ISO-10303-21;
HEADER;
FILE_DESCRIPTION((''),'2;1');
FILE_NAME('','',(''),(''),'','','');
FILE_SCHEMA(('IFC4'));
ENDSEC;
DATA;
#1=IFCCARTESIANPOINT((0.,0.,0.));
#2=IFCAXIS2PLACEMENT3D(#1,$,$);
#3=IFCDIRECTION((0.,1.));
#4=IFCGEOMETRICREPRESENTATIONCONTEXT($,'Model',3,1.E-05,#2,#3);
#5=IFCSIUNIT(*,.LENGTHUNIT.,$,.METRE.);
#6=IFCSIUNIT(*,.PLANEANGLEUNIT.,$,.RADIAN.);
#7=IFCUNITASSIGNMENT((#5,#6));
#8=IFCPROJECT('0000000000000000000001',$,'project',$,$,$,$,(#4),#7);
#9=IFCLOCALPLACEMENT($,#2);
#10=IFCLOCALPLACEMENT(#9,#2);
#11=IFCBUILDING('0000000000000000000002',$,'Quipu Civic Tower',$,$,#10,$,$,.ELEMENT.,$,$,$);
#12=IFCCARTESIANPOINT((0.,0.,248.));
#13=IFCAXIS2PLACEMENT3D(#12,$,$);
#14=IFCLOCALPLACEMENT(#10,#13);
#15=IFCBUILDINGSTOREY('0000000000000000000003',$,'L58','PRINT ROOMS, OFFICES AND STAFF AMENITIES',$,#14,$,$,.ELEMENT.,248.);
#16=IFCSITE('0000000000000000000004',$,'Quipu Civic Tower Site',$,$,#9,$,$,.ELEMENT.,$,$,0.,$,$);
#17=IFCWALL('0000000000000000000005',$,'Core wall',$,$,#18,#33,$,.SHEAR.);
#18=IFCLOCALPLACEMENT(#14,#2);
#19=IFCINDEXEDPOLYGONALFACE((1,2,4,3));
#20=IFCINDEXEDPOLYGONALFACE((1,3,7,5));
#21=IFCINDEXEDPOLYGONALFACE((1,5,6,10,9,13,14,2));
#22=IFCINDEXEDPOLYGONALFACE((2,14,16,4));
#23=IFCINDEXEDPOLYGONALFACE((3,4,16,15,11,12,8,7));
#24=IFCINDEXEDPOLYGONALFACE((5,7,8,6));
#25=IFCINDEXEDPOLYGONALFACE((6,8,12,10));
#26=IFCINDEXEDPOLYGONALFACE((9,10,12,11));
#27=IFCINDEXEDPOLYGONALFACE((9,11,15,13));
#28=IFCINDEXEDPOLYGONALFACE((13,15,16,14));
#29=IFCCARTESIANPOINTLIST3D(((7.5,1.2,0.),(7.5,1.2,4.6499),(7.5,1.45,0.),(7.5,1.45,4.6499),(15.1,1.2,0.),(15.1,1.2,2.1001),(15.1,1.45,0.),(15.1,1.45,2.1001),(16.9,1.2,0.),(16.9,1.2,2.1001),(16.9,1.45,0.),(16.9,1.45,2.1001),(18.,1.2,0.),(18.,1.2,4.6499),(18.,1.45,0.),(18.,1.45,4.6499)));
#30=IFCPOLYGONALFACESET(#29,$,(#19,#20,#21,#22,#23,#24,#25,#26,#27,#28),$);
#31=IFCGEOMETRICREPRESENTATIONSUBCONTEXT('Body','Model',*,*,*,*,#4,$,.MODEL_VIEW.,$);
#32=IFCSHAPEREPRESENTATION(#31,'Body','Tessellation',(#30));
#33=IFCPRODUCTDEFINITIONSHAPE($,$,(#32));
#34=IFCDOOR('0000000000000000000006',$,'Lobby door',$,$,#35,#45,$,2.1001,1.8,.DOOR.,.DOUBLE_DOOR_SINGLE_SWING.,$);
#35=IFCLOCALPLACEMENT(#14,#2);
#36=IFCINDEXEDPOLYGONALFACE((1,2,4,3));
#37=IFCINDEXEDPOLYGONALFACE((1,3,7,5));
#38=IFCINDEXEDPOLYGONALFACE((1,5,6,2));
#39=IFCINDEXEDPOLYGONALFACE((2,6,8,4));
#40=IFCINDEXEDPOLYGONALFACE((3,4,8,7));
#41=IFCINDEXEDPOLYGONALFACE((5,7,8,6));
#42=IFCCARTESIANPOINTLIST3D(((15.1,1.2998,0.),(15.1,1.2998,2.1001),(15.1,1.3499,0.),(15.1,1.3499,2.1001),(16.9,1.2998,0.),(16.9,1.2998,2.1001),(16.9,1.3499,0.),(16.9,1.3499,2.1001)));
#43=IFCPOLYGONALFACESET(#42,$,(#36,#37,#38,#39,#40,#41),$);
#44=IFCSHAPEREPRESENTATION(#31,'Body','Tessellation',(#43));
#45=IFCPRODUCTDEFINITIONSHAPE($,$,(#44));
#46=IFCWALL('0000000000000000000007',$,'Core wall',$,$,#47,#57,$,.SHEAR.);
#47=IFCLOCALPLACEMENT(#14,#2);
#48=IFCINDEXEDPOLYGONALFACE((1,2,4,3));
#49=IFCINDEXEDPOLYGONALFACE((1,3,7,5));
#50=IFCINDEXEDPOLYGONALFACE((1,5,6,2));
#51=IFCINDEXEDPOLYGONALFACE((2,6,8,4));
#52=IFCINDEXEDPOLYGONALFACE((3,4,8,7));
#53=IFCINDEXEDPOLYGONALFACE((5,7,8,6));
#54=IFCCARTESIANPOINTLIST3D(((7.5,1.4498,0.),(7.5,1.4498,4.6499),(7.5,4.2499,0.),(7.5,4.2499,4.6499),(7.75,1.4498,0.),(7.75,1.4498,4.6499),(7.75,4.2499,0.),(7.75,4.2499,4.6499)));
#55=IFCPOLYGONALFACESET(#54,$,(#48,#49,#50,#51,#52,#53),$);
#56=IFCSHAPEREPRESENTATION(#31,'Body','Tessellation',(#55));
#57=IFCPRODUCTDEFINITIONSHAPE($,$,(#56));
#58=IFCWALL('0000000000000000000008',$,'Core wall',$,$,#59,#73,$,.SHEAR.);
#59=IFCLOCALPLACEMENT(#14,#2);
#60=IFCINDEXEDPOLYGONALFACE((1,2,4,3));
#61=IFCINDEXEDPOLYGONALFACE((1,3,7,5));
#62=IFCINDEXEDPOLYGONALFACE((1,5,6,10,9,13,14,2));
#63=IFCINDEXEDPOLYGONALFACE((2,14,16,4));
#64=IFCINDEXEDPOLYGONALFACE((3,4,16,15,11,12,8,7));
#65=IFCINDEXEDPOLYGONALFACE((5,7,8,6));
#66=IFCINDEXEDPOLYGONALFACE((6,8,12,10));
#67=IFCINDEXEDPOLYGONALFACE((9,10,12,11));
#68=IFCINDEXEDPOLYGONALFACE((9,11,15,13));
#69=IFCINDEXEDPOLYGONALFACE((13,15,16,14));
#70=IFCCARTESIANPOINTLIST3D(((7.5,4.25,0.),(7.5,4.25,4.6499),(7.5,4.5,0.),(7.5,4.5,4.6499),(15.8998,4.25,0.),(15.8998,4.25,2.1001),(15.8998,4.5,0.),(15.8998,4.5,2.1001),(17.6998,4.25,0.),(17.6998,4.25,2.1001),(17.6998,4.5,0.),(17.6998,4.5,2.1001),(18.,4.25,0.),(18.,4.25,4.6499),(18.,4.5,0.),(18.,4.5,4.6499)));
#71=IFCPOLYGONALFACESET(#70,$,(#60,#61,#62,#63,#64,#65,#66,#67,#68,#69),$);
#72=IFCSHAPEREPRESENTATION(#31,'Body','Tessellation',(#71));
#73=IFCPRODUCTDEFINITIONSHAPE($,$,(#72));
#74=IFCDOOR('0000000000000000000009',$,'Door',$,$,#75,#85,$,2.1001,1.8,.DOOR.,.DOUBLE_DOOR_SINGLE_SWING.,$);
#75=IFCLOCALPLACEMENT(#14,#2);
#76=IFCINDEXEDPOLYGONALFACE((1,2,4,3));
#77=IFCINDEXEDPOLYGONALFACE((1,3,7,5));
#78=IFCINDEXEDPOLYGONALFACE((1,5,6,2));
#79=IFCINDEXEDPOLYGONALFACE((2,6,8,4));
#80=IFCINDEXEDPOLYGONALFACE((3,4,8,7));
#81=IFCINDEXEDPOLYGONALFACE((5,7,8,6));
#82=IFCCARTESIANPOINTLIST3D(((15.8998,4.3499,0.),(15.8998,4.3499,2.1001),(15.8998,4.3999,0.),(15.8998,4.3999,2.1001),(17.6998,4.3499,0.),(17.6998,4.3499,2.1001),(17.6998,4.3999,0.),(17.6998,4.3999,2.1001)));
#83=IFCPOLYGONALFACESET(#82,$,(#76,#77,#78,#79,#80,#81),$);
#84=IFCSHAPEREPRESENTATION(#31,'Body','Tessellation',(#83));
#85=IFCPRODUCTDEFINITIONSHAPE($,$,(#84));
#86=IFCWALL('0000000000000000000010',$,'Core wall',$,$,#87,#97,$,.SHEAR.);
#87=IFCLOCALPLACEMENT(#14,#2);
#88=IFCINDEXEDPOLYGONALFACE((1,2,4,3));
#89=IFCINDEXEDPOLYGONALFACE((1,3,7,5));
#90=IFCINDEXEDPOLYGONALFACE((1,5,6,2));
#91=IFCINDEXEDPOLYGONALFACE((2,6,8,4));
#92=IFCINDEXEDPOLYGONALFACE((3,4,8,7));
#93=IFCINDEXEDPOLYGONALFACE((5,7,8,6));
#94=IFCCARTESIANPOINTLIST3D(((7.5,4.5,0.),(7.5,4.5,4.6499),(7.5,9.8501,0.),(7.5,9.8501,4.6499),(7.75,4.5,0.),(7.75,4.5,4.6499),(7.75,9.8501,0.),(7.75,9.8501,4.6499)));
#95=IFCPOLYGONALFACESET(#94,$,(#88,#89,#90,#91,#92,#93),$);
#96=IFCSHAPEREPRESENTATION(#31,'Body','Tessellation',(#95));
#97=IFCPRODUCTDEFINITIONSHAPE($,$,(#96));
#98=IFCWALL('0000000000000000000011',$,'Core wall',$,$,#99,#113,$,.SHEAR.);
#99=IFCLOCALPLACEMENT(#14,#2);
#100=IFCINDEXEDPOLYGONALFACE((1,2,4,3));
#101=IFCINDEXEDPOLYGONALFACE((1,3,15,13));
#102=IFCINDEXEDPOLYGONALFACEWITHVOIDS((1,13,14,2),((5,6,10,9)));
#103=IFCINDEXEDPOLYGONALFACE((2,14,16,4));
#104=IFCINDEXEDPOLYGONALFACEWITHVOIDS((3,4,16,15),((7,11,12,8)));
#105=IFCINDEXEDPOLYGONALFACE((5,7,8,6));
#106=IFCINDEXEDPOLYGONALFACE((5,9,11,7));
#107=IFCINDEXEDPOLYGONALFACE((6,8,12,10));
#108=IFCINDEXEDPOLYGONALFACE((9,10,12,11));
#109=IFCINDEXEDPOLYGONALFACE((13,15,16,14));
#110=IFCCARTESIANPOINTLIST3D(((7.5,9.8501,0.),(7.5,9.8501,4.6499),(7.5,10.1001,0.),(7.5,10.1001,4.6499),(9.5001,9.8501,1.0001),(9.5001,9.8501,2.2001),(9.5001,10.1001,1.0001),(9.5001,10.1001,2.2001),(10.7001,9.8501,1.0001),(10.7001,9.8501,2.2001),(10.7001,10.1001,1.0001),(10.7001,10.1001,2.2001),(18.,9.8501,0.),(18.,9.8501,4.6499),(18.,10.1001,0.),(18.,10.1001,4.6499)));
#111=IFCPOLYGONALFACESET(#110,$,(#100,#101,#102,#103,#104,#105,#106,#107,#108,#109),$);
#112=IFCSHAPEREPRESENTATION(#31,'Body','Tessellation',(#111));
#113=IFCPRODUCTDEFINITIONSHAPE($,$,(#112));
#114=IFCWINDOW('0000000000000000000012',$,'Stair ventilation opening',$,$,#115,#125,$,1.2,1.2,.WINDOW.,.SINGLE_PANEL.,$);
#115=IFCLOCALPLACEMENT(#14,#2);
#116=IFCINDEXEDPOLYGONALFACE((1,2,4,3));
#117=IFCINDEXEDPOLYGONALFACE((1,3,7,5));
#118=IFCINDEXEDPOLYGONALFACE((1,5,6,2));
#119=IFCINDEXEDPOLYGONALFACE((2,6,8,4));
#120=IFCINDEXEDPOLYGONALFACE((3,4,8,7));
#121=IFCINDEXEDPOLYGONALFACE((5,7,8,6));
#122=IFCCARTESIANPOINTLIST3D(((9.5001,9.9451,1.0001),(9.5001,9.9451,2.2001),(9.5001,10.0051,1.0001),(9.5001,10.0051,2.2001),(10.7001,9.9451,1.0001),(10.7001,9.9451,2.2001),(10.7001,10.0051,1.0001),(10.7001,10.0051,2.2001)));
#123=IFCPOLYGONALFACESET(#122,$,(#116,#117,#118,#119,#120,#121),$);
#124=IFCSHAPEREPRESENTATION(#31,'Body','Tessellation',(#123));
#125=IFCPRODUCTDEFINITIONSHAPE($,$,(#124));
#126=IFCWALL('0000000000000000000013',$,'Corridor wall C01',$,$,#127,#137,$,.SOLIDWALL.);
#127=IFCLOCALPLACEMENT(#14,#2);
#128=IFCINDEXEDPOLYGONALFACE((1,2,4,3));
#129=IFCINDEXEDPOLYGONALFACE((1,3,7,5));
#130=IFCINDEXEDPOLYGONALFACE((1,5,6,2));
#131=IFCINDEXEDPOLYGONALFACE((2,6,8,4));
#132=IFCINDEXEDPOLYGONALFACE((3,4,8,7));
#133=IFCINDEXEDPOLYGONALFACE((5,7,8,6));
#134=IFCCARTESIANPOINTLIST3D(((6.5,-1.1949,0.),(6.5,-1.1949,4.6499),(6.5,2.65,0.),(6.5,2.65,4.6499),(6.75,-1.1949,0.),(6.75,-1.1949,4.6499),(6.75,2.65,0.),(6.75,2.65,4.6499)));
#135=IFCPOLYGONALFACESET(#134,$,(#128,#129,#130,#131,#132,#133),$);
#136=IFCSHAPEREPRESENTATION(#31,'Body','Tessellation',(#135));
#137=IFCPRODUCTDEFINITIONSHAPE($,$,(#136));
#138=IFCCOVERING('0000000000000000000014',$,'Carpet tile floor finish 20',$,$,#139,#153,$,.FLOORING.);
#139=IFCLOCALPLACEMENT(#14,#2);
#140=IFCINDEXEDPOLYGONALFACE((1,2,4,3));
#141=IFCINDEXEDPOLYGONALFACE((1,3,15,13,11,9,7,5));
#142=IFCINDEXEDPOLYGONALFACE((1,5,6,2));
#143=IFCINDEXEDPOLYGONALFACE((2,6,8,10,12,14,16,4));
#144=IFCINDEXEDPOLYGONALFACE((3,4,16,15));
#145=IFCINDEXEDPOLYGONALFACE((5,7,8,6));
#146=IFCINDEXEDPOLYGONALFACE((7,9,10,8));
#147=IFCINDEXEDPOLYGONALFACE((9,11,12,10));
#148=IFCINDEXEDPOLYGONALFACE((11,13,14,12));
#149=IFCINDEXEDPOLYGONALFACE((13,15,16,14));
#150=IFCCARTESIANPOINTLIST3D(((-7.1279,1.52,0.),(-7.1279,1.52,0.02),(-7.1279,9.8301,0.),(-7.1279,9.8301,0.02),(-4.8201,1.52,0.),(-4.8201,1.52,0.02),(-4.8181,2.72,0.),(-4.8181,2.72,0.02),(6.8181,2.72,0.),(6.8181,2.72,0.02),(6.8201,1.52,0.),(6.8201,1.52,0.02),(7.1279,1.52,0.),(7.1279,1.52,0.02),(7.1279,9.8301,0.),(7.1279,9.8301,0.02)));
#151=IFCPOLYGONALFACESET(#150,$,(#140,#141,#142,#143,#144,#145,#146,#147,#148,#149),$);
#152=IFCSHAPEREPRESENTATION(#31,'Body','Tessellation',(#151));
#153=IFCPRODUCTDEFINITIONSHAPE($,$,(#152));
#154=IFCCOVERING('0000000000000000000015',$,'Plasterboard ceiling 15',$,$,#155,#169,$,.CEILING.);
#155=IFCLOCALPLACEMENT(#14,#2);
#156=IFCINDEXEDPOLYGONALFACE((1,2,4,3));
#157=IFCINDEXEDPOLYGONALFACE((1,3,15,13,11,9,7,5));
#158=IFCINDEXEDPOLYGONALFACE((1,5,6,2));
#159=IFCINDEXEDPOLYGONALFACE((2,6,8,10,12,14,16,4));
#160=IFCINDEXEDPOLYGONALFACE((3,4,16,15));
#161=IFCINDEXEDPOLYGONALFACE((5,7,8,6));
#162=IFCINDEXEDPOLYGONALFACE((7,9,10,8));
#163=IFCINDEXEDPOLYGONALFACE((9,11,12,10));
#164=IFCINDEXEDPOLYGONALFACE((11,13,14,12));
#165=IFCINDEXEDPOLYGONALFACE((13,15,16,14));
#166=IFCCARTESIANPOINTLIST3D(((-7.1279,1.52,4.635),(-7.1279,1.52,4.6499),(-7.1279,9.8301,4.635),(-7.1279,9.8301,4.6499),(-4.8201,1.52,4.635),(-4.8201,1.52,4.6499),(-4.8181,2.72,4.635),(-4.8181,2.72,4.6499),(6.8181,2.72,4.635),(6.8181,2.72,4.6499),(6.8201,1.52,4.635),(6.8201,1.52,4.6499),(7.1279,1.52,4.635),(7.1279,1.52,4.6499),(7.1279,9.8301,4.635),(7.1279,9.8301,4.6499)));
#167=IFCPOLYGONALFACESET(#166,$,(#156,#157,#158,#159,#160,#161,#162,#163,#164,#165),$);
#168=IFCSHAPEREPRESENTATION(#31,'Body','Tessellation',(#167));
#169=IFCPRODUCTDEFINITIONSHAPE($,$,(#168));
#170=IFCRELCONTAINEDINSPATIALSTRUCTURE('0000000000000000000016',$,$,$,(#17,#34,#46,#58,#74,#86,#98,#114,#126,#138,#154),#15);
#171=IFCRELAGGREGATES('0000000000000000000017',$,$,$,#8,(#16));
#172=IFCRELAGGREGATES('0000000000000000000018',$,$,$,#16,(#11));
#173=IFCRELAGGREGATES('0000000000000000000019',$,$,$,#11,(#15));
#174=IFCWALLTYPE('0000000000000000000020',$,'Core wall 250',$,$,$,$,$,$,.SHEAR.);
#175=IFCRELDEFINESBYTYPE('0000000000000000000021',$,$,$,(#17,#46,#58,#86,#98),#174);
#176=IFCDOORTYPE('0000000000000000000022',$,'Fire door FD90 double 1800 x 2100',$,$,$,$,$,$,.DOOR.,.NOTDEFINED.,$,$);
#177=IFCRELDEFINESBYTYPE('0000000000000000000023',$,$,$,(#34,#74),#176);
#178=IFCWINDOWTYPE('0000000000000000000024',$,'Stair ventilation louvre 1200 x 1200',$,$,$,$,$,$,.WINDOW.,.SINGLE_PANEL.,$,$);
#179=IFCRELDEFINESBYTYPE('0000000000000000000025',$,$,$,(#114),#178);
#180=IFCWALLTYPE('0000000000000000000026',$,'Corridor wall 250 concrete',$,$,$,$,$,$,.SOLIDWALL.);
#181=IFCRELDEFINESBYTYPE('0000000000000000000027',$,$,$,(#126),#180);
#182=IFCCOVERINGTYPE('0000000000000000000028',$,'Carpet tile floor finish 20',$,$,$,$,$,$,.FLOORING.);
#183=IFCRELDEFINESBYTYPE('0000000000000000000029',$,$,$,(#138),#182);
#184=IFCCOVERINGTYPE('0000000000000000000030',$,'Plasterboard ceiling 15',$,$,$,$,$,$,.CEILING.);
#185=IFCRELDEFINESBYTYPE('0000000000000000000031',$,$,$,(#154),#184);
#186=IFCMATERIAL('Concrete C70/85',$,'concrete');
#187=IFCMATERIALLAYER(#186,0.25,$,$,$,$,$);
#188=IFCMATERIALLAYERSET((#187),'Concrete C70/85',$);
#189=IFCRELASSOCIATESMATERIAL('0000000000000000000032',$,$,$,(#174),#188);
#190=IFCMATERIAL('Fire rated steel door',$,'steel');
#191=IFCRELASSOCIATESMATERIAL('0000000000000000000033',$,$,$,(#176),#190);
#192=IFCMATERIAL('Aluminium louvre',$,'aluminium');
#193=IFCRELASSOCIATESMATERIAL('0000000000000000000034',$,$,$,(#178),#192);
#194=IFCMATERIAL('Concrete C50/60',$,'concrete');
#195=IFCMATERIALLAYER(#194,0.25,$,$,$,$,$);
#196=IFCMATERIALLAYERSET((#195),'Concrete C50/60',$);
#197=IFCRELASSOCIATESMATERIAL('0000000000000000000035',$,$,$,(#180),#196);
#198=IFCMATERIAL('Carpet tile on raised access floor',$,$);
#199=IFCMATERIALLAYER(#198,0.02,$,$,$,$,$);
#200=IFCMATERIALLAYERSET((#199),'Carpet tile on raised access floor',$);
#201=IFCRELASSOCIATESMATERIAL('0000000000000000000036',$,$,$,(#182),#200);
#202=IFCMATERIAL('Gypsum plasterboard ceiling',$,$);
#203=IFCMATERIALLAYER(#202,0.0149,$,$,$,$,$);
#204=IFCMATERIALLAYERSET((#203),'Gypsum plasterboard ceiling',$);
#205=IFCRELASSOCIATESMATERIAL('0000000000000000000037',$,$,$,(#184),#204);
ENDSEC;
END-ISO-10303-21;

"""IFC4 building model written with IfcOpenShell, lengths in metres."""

from ifc_helpers import new_model, si_unit, direction, frame, frame_2d, origin, place, context, subcontext, project, spatial, polyline, rectangle, outline, extrude, material, layer, layer_set, type_object, element, fill, save


model = new_model("IFC4")

# Units and contexts
model_context = context("Model", 3, precision=1e-05, world=origin(), true_north=direction((0.0, 1.0)))
body_context = subcontext(model_context, "Body", "Model", "MODEL_VIEW")
ifc_project = project(units=[si_unit("LENGTHUNIT", "METRE"), si_unit("PLANEANGLEUNIT", "RADIAN")], contexts=[model_context])

# Site, building, storey
site_placement = place(None, origin())
site = spatial("IfcSite", under=ifc_project, at=site_placement, Name="Quipu Civic Tower Site", CompositionType="ELEMENT", RefElevation=0.0)
building_placement = place(site_placement, origin())
building = spatial("IfcBuilding", under=site, at=building_placement, Name="Quipu Civic Tower", CompositionType="ELEMENT")
storey_placement = place(building_placement, frame((0.0, 0.0, 248.0)))
storey = spatial("IfcBuildingStorey", under=building, at=storey_placement, Name="L58", Description="PRINT ROOMS, OFFICES AND STAFF AMENITIES", CompositionType="ELEMENT", Elevation=248.0)

# Wall, opening, door
ifc_material_1 = material(Name="Concrete C70/85", Category="concrete")
ifc_layer_1 = layer(ifc_material_1, 0.25)
ifc_layer_set_1 = layer_set([ifc_layer_1], Name="Concrete C70/85")
wall_type_1 = type_object("IfcWallType", Name="Core wall 250", PredefinedType="SHEAR", material=ifc_layer_set_1)
wall_1_placement = place(storey_placement, frame((7.5, 1.325, 0.0), z_axis=(0.0, 0.0, 1.0), x_axis=(1.0, 0.0, 0.0)))
wall_1 = element("IfcWall", 1, at=wall_1_placement, inside=storey, type_object=wall_type_1, Name="Core wall", PredefinedType="SHEAR", context=body_context, shape_type="SweptSolid", body=[
    extrude(rectangle(XDim=10.5, YDim=0.25, at=frame_2d((5.25, 0.0))), origin(), (0.0, 0.0, 1.0), 4.6499),
])
opening_1_placement = place(wall_1_placement, frame((7.6001, 0.0, 0.0)))
opening_1 = element("IfcOpeningElement", 2, at=opening_1_placement, cuts=wall_1, PredefinedType="OPENING", context=body_context, shape_type="SweptSolid", body=[
    extrude(rectangle(XDim=1.8, YDim=2.1001, at=frame_2d((0.8999, 1.05))), frame((0.0, 0.135, 0.0), z_axis=(0.0, -1.0, 0.0), x_axis=(1.0, 0.0, 0.0)), (0.0, 0.0, 1.0), 0.27),
])
ifc_material_2 = material(Name="Fire rated steel door", Category="steel")
door_type = type_object("IfcDoorType", Name="Fire door FD90 double 1800 x 2100", OperationType="NOTDEFINED", PredefinedType="DOOR", material=ifc_material_2)
door_1_placement = place(opening_1_placement, origin())
door_1 = element("IfcDoor", 3, at=door_1_placement, inside=storey, type_object=door_type, Name="Lobby door", OperationType="DOUBLE_DOOR_SINGLE_SWING", OverallHeight=2.1001, OverallWidth=1.8, PredefinedType="DOOR", context=body_context, shape_type="SweptSolid", body=[
    extrude(rectangle(XDim=1.8, YDim=2.1001, at=frame_2d((0.8999, 1.05))), frame((0.0, 0.0249, 0.0), z_axis=(0.0, -1.0, 0.0), x_axis=(1.0, 0.0, 0.0)), (0.0, 0.0, 1.0), 0.05),
])
fill(opening_1, door_1)

# Wall
wall_2_placement = place(storey_placement, frame((7.625, 1.45, 0.0), z_axis=(0.0, 0.0, 1.0), x_axis=(0.0, 1.0, 0.0)))
element("IfcWall", 4, at=wall_2_placement, inside=storey, type_object=wall_type_1, Name="Core wall", PredefinedType="SHEAR", context=body_context, shape_type="SweptSolid", body=[
    extrude(rectangle(XDim=2.8, YDim=0.25, at=frame_2d((1.3999, 0.0))), origin(), (0.0, 0.0, 1.0), 4.6499),
])

# Wall, opening, door
wall_3_placement = place(storey_placement, frame((7.5, 4.375, 0.0), z_axis=(0.0, 0.0, 1.0), x_axis=(1.0, 0.0, 0.0)))
wall_3 = element("IfcWall", 5, at=wall_3_placement, inside=storey, type_object=wall_type_1, Name="Core wall", PredefinedType="SHEAR", context=body_context, shape_type="SweptSolid", body=[
    extrude(rectangle(XDim=10.5, YDim=0.25, at=frame_2d((5.25, 0.0))), origin(), (0.0, 0.0, 1.0), 4.6499),
])
opening_2_placement = place(wall_3_placement, frame((8.3999, 0.0, 0.0)))
opening_2 = element("IfcOpeningElement", 6, at=opening_2_placement, cuts=wall_3, PredefinedType="OPENING", context=body_context, shape_type="SweptSolid", body=[
    extrude(rectangle(XDim=1.8, YDim=2.1001, at=frame_2d((0.8999, 1.05))), frame((0.0, 0.135, 0.0), z_axis=(0.0, -1.0, 0.0), x_axis=(1.0, 0.0, 0.0)), (0.0, 0.0, 1.0), 0.27),
])
door_2_placement = place(opening_2_placement, origin())
door_2 = element("IfcDoor", 7, at=door_2_placement, inside=storey, type_object=door_type, Name="Door", OperationType="DOUBLE_DOOR_SINGLE_SWING", OverallHeight=2.1001, OverallWidth=1.8, PredefinedType="DOOR", context=body_context, shape_type="SweptSolid", body=[
    extrude(rectangle(XDim=1.8, YDim=2.1001, at=frame_2d((0.8999, 1.05))), frame((0.0, 0.0249, 0.0), z_axis=(0.0, -1.0, 0.0), x_axis=(1.0, 0.0, 0.0)), (0.0, 0.0, 1.0), 0.05),
])
fill(opening_2, door_2)

# Wall
wall_4_placement = place(storey_placement, frame((7.625, 4.5, 0.0), z_axis=(0.0, 0.0, 1.0), x_axis=(0.0, 1.0, 0.0)))
element("IfcWall", 8, at=wall_4_placement, inside=storey, type_object=wall_type_1, Name="Core wall", PredefinedType="SHEAR", context=body_context, shape_type="SweptSolid", body=[
    extrude(rectangle(XDim=5.3501, YDim=0.25, at=frame_2d((2.675, 0.0))), origin(), (0.0, 0.0, 1.0), 4.6499),
])

# Wall, opening, window
wall_5_placement = place(storey_placement, frame((7.5, 9.9751, 0.0), z_axis=(0.0, 0.0, 1.0), x_axis=(1.0, 0.0, 0.0)))
wall_5 = element("IfcWall", 9, at=wall_5_placement, inside=storey, type_object=wall_type_1, Name="Core wall", PredefinedType="SHEAR", context=body_context, shape_type="SweptSolid", body=[
    extrude(rectangle(XDim=10.5, YDim=0.25, at=frame_2d((5.25, 0.0))), origin(), (0.0, 0.0, 1.0), 4.6499),
])
opening_3_placement = place(wall_5_placement, frame((2.0, 0.0, 1.0)))
opening_3 = element("IfcOpeningElement", 10, at=opening_3_placement, cuts=wall_5, PredefinedType="OPENING", context=body_context, shape_type="SweptSolid", body=[
    extrude(rectangle(XDim=1.2, YDim=1.2, at=frame_2d((0.6001, 0.6001))), frame((0.0, 0.135, 0.0), z_axis=(0.0, -1.0, 0.0), x_axis=(1.0, 0.0, 0.0)), (0.0, 0.0, 1.0), 0.27),
])
ifc_material_3 = material(Name="Aluminium louvre", Category="aluminium")
window_type = type_object("IfcWindowType", Name="Stair ventilation louvre 1200 x 1200", PartitioningType="SINGLE_PANEL", PredefinedType="WINDOW", material=ifc_material_3)
window_placement = place(opening_3_placement, origin())
window = element("IfcWindow", 11, at=window_placement, inside=storey, type_object=window_type, Name="Stair ventilation opening", OverallHeight=1.2, OverallWidth=1.2, PartitioningType="SINGLE_PANEL", PredefinedType="WINDOW", context=body_context, shape_type="SweptSolid", body=[
    extrude(rectangle(XDim=1.2, YDim=1.2, at=frame_2d((0.6001, 0.6001))), frame((0.0, 0.03, 0.0), z_axis=(0.0, -1.0, 0.0), x_axis=(1.0, 0.0, 0.0)), (0.0, 0.0, 1.0), 0.0601),
])
fill(opening_3, window)

# Wall
ifc_material_4 = material(Name="Concrete C50/60", Category="concrete")
ifc_layer_2 = layer(ifc_material_4, 0.25)
ifc_layer_set_2 = layer_set([ifc_layer_2], Name="Concrete C50/60")
wall_type_2 = type_object("IfcWallType", Name="Corridor wall 250 concrete", PredefinedType="SOLIDWALL", material=ifc_layer_set_2)
wall_6_placement = place(storey_placement, frame((6.625, 2.6499, 0.0), z_axis=(0.0, 0.0, 1.0), x_axis=(0.0, -1.0, 0.0)))
element("IfcWall", 12, at=wall_6_placement, inside=storey, type_object=wall_type_2, Name="Corridor wall C01", PredefinedType="SOLIDWALL", context=body_context, shape_type="SweptSolid", body=[
    extrude(rectangle(XDim=3.845, YDim=0.25, at=frame_2d((1.9224, 0.0))), origin(), (0.0, 0.0, 1.0), 4.6499),
])

# Coverings
ifc_material_5 = material(Name="Carpet tile on raised access floor")
ifc_layer_3 = layer(ifc_material_5, 0.02)
ifc_layer_set_3 = layer_set([ifc_layer_3], Name="Carpet tile on raised access floor")
covering_type_1 = type_object("IfcCoveringType", Name="Carpet tile floor finish 20", PredefinedType="FLOORING", material=ifc_layer_set_3)
covering_1_placement = place(storey_placement, origin())
element("IfcCovering", 13, at=covering_1_placement, inside=storey, type_object=covering_type_1, Name="Carpet tile floor finish 20", PredefinedType="FLOORING", context=body_context, shape_type="SweptSolid", body=[
    extrude(outline(polyline([(-7.1279, 1.52), (-7.1279, 9.8301), (7.1279, 9.8301), (7.1279, 1.52), (6.8201, 1.52), (6.8181, 2.72), (-4.8181, 2.72), (-4.8201, 1.52), (-7.1279, 1.52)])), origin(), (0.0, 0.0, 1.0), 0.02),
])
ifc_material_6 = material(Name="Gypsum plasterboard ceiling")
ifc_layer_4 = layer(ifc_material_6, 0.0149)
ifc_layer_set_4 = layer_set([ifc_layer_4], Name="Gypsum plasterboard ceiling")
covering_type_2 = type_object("IfcCoveringType", Name="Plasterboard ceiling 15", PredefinedType="CEILING", material=ifc_layer_set_4)
covering_2_placement = place(storey_placement, frame((0.0, 0.0, 4.635)))
element("IfcCovering", 14, at=covering_2_placement, inside=storey, type_object=covering_type_2, Name="Plasterboard ceiling 15", PredefinedType="CEILING", context=body_context, shape_type="SweptSolid", body=[
    extrude(outline(polyline([(-7.1279, 1.52), (-7.1279, 9.8301), (7.1279, 9.8301), (7.1279, 1.52), (6.8201, 1.52), (6.8181, 2.72), (-4.8181, 2.72), (-4.8201, 1.52), (-7.1279, 1.52)])), origin(), (0.0, 0.0, 1.0), 0.0149),
])

save(model, "model.ifc")
